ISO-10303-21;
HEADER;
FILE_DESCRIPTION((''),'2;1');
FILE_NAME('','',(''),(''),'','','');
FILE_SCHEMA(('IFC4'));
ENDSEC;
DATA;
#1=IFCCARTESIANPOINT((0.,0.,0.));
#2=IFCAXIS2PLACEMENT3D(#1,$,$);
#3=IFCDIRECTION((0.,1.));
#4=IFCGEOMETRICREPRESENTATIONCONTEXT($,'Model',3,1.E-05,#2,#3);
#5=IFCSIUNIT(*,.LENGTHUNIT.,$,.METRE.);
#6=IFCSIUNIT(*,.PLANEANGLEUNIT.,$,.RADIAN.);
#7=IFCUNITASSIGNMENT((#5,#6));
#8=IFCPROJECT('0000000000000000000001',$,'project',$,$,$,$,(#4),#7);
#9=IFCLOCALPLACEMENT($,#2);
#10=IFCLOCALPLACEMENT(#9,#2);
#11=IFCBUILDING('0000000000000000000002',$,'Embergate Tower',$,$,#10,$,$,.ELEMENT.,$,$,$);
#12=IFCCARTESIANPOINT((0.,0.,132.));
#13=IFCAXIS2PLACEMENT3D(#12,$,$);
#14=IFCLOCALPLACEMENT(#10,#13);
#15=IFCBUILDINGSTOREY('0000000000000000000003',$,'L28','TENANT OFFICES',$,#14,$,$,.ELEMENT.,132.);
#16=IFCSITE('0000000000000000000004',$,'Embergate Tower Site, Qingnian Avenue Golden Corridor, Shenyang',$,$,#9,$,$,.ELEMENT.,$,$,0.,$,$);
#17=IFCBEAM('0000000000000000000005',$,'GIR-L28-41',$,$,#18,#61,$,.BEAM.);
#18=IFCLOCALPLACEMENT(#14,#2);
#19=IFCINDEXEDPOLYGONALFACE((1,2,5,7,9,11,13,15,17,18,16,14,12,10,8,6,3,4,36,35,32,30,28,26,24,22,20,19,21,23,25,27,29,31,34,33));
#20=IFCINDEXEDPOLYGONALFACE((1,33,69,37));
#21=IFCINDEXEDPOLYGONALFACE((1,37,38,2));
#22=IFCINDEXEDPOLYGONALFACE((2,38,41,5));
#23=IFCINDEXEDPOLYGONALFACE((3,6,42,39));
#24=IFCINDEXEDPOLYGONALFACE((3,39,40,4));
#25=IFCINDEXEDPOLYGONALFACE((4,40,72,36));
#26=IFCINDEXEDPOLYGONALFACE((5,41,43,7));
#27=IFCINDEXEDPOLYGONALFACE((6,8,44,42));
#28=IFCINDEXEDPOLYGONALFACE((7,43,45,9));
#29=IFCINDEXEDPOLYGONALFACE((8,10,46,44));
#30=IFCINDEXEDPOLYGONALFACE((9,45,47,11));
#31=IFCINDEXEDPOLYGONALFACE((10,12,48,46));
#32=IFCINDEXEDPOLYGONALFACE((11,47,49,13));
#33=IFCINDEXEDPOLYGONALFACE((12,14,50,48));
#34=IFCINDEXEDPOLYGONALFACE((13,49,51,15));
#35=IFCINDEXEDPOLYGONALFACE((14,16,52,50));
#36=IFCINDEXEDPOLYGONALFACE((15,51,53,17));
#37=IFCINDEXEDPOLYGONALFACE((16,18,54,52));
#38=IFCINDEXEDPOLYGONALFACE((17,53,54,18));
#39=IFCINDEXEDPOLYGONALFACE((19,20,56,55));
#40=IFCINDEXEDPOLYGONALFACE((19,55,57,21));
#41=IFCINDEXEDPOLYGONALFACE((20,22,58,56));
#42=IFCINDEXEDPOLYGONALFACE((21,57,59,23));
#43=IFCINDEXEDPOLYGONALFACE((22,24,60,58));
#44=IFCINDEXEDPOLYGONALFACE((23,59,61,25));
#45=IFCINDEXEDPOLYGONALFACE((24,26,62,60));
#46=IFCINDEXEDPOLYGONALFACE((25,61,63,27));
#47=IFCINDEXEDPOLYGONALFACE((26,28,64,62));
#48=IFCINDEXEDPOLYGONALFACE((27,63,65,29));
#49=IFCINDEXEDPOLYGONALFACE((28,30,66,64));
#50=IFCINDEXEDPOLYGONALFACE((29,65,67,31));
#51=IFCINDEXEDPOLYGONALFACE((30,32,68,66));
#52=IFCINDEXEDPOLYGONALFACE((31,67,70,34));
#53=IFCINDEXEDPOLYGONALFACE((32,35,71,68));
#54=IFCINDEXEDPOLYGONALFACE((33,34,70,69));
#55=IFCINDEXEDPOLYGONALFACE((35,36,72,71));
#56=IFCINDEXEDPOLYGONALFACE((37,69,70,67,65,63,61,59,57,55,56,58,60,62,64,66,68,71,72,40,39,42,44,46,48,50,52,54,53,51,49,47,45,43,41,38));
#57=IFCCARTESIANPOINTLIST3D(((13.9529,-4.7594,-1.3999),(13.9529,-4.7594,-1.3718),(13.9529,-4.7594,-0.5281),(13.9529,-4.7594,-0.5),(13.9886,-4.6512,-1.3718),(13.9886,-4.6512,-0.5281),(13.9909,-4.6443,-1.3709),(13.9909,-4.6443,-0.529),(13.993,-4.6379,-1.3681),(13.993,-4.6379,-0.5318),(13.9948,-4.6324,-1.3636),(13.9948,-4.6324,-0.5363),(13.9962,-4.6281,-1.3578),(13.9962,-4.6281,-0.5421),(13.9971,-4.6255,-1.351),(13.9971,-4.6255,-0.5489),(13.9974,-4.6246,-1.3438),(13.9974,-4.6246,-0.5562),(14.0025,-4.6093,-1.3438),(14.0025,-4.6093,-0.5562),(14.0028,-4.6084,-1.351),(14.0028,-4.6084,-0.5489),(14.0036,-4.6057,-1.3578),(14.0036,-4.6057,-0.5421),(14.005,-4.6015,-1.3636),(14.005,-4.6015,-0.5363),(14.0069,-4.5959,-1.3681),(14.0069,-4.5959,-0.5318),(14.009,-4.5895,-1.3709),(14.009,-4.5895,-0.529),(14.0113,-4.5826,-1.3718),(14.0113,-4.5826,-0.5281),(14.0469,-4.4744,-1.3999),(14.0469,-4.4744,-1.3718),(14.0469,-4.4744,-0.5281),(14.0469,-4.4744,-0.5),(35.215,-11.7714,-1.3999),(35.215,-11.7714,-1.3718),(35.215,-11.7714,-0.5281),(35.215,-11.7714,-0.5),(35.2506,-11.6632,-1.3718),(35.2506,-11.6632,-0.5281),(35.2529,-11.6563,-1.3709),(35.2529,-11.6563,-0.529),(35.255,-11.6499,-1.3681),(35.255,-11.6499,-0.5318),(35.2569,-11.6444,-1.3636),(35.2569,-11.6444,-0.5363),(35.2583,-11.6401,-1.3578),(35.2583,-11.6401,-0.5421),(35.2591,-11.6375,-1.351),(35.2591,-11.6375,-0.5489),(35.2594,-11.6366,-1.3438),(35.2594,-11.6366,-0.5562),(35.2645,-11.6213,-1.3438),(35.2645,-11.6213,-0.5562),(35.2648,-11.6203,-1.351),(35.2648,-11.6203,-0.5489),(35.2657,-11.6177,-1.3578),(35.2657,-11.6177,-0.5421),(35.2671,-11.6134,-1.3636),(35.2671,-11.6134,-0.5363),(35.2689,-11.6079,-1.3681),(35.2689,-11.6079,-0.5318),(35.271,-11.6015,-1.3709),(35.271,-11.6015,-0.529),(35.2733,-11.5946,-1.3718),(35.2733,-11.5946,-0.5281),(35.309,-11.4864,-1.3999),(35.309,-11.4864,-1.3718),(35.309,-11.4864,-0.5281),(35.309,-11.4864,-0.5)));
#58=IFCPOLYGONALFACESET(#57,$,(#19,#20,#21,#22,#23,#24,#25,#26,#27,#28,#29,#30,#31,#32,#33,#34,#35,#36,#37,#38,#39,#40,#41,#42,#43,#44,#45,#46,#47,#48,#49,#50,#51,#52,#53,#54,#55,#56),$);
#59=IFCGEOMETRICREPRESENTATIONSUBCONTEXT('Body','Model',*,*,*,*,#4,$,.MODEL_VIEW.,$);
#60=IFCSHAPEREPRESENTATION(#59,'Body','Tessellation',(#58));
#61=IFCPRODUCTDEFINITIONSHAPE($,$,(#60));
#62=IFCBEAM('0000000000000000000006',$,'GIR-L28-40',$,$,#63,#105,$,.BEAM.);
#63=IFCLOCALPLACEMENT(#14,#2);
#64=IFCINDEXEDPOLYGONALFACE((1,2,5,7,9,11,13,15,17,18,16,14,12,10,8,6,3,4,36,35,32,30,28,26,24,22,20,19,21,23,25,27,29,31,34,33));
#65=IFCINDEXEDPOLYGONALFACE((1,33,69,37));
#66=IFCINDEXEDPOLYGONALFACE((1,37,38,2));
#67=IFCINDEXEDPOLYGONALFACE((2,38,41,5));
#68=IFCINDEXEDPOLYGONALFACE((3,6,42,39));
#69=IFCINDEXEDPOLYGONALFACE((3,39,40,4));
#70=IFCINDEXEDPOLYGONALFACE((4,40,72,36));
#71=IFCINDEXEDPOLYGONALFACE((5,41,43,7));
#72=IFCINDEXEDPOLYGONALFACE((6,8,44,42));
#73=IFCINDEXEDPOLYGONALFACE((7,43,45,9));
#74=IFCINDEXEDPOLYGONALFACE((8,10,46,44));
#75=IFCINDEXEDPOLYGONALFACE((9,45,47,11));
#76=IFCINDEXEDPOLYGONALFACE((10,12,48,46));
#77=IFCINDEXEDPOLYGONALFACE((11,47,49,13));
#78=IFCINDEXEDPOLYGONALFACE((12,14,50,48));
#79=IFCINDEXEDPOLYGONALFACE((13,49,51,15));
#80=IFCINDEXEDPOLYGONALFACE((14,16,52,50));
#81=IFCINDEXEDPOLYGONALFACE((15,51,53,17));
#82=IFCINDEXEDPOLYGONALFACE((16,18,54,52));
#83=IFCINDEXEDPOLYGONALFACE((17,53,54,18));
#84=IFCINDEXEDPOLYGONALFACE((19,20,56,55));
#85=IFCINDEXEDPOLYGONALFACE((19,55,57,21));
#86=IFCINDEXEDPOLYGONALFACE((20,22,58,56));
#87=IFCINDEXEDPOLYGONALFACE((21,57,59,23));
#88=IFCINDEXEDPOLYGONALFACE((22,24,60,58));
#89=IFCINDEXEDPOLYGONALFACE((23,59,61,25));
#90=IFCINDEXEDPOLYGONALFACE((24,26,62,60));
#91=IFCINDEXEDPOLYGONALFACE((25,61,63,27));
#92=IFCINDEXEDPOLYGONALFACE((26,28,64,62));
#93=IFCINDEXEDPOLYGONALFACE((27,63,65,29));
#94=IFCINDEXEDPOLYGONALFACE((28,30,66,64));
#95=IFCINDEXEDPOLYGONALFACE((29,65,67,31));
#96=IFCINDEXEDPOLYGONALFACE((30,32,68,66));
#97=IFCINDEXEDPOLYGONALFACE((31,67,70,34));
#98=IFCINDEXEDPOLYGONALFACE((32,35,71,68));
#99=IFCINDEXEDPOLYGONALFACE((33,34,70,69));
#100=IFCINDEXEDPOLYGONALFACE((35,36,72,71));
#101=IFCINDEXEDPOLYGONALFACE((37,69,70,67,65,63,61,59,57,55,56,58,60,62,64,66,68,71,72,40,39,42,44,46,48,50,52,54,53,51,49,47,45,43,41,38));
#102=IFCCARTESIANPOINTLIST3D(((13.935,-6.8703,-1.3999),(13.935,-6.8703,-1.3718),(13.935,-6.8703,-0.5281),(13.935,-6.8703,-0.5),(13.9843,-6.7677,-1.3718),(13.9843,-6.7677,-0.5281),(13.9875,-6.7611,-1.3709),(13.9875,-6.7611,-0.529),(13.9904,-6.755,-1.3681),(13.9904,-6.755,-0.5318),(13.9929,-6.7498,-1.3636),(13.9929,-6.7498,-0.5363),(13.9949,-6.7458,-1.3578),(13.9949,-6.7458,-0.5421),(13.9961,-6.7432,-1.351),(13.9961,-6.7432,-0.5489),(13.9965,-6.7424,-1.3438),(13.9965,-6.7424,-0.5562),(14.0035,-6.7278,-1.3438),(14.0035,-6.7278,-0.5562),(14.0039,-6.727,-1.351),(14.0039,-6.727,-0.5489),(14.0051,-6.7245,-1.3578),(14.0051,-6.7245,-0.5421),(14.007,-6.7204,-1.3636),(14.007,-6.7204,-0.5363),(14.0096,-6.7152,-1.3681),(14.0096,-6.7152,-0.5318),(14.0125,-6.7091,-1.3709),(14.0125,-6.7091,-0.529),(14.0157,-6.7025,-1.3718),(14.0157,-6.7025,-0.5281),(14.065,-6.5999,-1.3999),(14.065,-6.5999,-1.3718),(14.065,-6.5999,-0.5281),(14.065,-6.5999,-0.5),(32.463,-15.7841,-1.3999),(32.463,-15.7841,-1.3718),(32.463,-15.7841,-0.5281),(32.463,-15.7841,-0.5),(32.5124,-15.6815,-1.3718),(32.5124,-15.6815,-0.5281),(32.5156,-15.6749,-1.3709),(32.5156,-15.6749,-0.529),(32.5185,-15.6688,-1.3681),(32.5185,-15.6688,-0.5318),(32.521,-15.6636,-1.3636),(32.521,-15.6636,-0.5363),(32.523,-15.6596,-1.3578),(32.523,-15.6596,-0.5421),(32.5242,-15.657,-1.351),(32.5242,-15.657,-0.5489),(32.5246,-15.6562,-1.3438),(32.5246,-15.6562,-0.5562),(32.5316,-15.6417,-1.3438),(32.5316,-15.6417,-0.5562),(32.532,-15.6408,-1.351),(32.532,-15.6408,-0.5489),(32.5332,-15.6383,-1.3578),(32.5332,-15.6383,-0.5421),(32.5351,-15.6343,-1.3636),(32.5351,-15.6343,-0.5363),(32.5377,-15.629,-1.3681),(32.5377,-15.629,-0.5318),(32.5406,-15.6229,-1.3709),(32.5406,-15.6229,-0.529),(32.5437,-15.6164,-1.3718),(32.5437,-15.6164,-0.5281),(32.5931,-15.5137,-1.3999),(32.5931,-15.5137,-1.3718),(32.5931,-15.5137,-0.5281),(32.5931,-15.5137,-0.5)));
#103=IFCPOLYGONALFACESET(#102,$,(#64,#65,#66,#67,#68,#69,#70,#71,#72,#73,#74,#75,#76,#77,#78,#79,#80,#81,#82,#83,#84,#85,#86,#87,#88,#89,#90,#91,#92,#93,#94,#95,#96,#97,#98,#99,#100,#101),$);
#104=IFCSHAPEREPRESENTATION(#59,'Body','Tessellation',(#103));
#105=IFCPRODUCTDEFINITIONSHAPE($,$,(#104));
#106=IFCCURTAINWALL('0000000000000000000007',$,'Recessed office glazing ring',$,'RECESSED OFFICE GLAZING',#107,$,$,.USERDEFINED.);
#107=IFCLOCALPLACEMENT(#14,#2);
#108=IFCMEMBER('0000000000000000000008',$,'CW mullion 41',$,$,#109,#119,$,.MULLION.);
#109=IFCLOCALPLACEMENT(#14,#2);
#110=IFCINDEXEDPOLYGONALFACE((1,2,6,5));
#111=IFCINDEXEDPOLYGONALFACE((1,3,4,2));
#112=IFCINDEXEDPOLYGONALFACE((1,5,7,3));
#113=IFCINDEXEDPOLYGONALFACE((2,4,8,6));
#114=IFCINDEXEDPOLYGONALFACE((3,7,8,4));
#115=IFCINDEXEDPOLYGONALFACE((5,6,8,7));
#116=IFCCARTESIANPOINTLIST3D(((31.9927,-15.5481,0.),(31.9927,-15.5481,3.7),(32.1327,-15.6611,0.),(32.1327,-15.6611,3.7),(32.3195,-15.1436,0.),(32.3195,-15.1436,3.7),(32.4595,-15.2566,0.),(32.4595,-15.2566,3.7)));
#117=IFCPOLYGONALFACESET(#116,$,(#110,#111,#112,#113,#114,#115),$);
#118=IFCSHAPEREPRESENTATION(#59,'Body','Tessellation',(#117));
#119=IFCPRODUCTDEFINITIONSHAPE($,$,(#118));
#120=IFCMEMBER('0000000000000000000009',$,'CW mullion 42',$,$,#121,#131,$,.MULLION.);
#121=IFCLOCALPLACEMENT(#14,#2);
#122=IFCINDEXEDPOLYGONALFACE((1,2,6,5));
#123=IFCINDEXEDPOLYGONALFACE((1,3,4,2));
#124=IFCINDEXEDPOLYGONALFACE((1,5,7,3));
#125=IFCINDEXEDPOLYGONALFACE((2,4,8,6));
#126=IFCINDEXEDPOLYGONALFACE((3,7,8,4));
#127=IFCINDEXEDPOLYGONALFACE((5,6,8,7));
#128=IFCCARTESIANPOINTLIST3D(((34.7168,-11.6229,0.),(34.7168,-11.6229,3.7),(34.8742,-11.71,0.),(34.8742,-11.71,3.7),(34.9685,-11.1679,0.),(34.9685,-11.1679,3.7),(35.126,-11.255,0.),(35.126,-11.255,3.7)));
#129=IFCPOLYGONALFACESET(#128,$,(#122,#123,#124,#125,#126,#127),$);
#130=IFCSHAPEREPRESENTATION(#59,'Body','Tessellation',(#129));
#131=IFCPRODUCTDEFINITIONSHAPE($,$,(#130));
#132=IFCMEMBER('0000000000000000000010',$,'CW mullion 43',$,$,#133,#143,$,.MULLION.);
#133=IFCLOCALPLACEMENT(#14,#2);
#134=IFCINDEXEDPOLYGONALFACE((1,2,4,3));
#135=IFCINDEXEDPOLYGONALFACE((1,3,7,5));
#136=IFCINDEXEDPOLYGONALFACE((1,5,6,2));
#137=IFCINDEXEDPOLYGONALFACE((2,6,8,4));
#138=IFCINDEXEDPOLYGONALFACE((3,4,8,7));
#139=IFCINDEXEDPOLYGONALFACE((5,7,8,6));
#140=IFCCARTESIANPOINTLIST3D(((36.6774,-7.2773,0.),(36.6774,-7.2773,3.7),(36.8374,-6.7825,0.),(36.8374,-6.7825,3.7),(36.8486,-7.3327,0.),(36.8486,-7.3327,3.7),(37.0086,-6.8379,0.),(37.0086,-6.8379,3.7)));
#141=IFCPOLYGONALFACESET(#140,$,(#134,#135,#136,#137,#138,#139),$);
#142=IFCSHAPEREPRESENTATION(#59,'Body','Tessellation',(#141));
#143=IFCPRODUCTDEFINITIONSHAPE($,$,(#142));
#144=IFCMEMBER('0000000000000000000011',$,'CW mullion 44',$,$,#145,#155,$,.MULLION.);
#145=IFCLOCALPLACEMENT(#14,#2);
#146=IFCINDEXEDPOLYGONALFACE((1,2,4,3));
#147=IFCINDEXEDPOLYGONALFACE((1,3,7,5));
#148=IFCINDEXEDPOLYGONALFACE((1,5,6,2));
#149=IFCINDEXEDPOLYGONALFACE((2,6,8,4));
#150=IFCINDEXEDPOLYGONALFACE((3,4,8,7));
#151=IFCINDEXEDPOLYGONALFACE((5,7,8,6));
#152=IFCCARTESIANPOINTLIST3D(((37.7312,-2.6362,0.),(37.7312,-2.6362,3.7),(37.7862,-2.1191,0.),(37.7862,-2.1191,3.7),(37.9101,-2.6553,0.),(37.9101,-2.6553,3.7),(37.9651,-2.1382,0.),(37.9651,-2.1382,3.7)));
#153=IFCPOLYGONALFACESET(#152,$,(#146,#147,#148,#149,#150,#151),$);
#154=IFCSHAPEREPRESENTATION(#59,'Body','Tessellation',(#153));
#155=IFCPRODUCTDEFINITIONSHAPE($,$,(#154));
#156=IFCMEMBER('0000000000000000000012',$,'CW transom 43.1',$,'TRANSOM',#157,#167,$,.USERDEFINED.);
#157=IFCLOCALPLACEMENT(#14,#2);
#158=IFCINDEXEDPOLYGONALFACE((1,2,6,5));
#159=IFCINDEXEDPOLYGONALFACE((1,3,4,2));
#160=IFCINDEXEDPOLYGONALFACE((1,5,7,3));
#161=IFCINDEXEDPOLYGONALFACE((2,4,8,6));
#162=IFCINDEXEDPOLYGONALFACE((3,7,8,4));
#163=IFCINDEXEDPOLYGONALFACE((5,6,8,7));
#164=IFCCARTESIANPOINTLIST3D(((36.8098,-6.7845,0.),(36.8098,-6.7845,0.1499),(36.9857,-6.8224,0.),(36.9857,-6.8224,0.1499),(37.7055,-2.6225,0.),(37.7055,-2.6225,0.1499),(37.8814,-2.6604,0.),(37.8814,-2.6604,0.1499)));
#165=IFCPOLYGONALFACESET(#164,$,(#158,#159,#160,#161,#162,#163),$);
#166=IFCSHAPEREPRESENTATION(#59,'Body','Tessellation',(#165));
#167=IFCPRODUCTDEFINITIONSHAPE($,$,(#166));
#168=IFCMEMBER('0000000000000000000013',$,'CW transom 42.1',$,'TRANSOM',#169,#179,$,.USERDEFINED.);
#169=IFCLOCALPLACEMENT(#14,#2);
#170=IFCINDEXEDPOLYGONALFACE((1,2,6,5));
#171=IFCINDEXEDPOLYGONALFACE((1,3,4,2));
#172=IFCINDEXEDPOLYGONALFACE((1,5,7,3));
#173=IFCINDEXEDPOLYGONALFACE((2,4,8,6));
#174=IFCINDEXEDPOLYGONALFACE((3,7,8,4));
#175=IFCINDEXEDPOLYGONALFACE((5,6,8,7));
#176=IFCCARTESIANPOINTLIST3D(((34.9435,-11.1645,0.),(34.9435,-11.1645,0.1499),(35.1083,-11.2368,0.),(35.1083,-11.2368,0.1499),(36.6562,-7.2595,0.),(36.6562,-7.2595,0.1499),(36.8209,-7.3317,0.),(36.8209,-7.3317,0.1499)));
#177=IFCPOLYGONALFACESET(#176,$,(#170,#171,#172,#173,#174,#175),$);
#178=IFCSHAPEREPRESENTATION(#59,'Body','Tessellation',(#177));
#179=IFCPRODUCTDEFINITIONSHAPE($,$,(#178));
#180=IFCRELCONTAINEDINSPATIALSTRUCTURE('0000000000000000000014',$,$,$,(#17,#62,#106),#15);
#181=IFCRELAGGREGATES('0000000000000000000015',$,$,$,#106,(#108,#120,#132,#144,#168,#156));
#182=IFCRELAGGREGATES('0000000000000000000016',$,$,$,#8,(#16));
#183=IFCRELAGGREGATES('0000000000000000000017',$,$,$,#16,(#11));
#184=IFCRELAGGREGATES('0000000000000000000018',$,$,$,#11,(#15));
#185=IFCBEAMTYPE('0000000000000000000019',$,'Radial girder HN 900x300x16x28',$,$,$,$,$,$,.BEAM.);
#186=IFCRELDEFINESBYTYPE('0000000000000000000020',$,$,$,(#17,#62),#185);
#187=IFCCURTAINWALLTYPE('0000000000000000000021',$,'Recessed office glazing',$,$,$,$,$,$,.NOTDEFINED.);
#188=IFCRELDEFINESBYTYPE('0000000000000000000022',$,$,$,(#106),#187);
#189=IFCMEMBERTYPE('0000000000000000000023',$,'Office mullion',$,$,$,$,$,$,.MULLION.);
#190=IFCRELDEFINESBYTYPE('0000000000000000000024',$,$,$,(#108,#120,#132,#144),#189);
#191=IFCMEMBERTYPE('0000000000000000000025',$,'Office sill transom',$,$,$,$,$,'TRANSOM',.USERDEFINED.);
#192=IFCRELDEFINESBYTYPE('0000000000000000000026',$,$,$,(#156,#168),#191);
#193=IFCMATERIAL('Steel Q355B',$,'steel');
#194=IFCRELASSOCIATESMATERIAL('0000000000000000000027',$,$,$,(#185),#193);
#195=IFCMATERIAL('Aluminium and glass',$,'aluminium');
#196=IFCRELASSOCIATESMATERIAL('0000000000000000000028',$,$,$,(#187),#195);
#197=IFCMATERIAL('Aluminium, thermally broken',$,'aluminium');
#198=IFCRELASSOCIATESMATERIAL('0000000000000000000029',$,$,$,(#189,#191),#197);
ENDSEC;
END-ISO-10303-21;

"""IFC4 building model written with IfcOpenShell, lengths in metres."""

from ifc_helpers import new_model, si_unit, direction, frame, origin, origin_2d, place, context, subcontext, project, spatial, rectangle, i_section, extrude, source, transform, mapped, material, material_profile, profile_set, type_object, element, aggregate, save


model = new_model("IFC4")

# Units and contexts
model_context = context("Model", 3, precision=1e-05, world=origin(), true_north=direction((0.0, 1.0)))
body_context = subcontext(model_context, "Body", "Model", "MODEL_VIEW")
ifc_project = project(units=[si_unit("LENGTHUNIT", "METRE"), si_unit("PLANEANGLEUNIT", "RADIAN")], contexts=[model_context])

# Site, building, storey
site_placement = place(None, origin())
site = spatial("IfcSite", under=ifc_project, at=site_placement, Name="Embergate Tower Site, Qingnian Avenue Golden Corridor, Shenyang", CompositionType="ELEMENT", RefElevation=0.0)
building_placement = place(site_placement, origin())
building = spatial("IfcBuilding", under=site, at=building_placement, Name="Embergate Tower", CompositionType="ELEMENT")
storey_placement = place(building_placement, frame((0.0, 0.0, 132.0)))
storey = spatial("IfcBuildingStorey", under=building, at=storey_placement, Name="L28", Description="TENANT OFFICES", CompositionType="ELEMENT", Elevation=132.0)

# Beams
ifc_material_1 = material(Name="Steel Q355B", Category="steel")
ifc_material_profile_1 = material_profile(ifc_material_1, i_section(OverallWidth=0.3, OverallDepth=0.8999, WebThickness=0.0161, FlangeThickness=0.0281, FilletRadius=0.0281, at=origin_2d()), Name="HN 900x300x16x28")
ifc_profile_set_1 = profile_set([ifc_material_profile_1], Name="Steel Q355 grade B")
beam_type_1 = type_object("IfcBeamType", Name="Radial girder HN 900x300x16x28", PredefinedType="BEAM", material=ifc_profile_set_1)
shared_shape_1 = source(origin(), body_context, "Body", "SweptSolid", [
    extrude(i_section(OverallWidth=0.3, OverallDepth=0.8999, WebThickness=0.0161, FlangeThickness=0.0281, FilletRadius=0.0281, at=origin_2d()), origin(), (0.0, 0.0, 1.0), 22.3884),
])
beam_1_placement = place(storey_placement, frame((35.262, -11.6289, -0.95), z_axis=(-0.949688, 0.313197, 0.0), x_axis=(-0.313197, -0.949688, 0.0)))
element("IfcBeam", 1, at=beam_1_placement, inside=storey, type_object=beam_type_1, Name="GIR-L28-41", PredefinedType="BEAM", context=body_context, shape_type="MappedRepresentation", body=[
    mapped(shared_shape_1, transform((0.0, 0.0, 0.0))),
])
shared_shape_2 = source(origin(), body_context, "Body", "SweptSolid", [
    extrude(i_section(OverallWidth=0.3, OverallDepth=0.8999, WebThickness=0.0161, FlangeThickness=0.0281, FilletRadius=0.0281, at=origin_2d()), origin(), (0.0, 0.0, 1.0), 20.5608),
])
beam_2_placement = place(storey_placement, frame((32.5281, -15.6489, -0.95), z_axis=(-0.901137, 0.433535, 0.0), x_axis=(-0.433535, -0.901137, 0.0)))
element("IfcBeam", 2, at=beam_2_placement, inside=storey, type_object=beam_type_1, Name="GIR-L28-40", PredefinedType="BEAM", context=body_context, shape_type="MappedRepresentation", body=[
    mapped(shared_shape_2, transform((0.0, 0.0, 0.0))),
])

# Curtain wall, members
ifc_material_2 = material(Name="Aluminium and glass", Category="aluminium")
curtain_wall_type = type_object("IfcCurtainWallType", Name="Recessed office glazing", PredefinedType="NOTDEFINED", material=ifc_material_2)
curtain_wall_placement = place(storey_placement, origin())
curtain_wall = element("IfcCurtainWall", 3, at=curtain_wall_placement, inside=storey, type_object=curtain_wall_type, Name="Recessed office glazing ring", ObjectType="RECESSED OFFICE GLAZING", PredefinedType="USERDEFINED")
ifc_material_3 = material(Name="Aluminium, thermally broken", Category="aluminium")
ifc_material_profile_2 = material_profile(ifc_material_3, rectangle(XDim=0.1799, YDim=0.52, at=origin_2d()), Name="AL 520x180")
ifc_profile_set_2 = profile_set([ifc_material_profile_2], Name="Aluminium, thermally broken")
member_type_1 = type_object("IfcMemberType", Name="Office mullion", PredefinedType="MULLION", material=ifc_profile_set_2)
shared_shape_3 = source(origin(), body_context, "Body", "SweptSolid", [
    extrude(rectangle(XDim=0.1799, YDim=0.52, at=origin_2d()), origin(), (0.0, 0.0, 1.0), 3.7),
])
member_1_placement = place(storey_placement, frame((32.2261, -15.4023, 0.0), z_axis=(0.0, 0.0, 1.0), x_axis=(-0.777873, 0.628422, 0.0)))
member_1 = element("IfcMember", 4, at=member_1_placement, type_object=member_type_1, Name="CW mullion 41", PredefinedType="MULLION", context=body_context, shape_type="MappedRepresentation", body=[
    mapped(shared_shape_3, transform((0.0, 0.0, 0.0))),
])
member_2_placement = place(storey_placement, frame((34.9214, -11.439, 0.0), z_axis=(0.0, 0.0, 1.0), x_axis=(-0.875002, 0.484119, 0.0)))
member_2 = element("IfcMember", 5, at=member_2_placement, type_object=member_type_1, Name="CW mullion 42", PredefinedType="MULLION", context=body_context, shape_type="MappedRepresentation", body=[
    mapped(shared_shape_3, transform((0.0, 0.0, 0.0))),
])
member_3_placement = place(storey_placement, frame((36.843, -7.0576, 0.0), z_axis=(0.0, 0.0, 1.0), x_axis=(-0.951498, 0.307654, 0.0)))
member_3 = element("IfcMember", 6, at=member_3_placement, type_object=member_type_1, Name="CW mullion 43", PredefinedType="MULLION", context=body_context, shape_type="MappedRepresentation", body=[
    mapped(shared_shape_3, transform((0.0, 0.0, 0.0))),
])
member_4_placement = place(storey_placement, frame((37.8481, -2.3872, 0.0), z_axis=(0.0, 0.0, 1.0), x_axis=(-0.994385, 0.105823, 0.0)))
member_4 = element("IfcMember", 7, at=member_4_placement, type_object=member_type_1, Name="CW mullion 44", PredefinedType="MULLION", context=body_context, shape_type="MappedRepresentation", body=[
    mapped(shared_shape_3, transform((0.0, 0.0, 0.0))),
])
ifc_material_profile_3 = material_profile(ifc_material_3, rectangle(XDim=0.1799, YDim=0.1499, at=origin_2d()), Name="AL 150x180")
ifc_profile_set_3 = profile_set([ifc_material_profile_3], Name="Aluminium, thermally broken")
member_type_2 = type_object("IfcMemberType", Name="Office sill transom", ElementType="TRANSOM", PredefinedType="USERDEFINED", material=ifc_profile_set_3)
shared_shape_4 = source(origin(), body_context, "Body", "SweptSolid", [
    extrude(rectangle(XDim=0.1799, YDim=0.1499, at=origin_2d()), origin(), (0.0, 0.0, 1.0), 4.2573),
])
member_5_placement = place(storey_placement, frame((36.8977, -6.8035, 0.075), z_axis=(0.210398, 0.977616, 0.0), x_axis=(-0.977616, 0.210398, 0.0)))
member_5 = element("IfcMember", 8, at=member_5_placement, type_object=member_type_2, Name="CW transom 43.1", ObjectType="TRANSOM", PredefinedType="USERDEFINED", context=body_context, shape_type="MappedRepresentation", body=[
    mapped(shared_shape_4, transform((0.0, 0.0, 0.0))),
])
shared_shape_5 = source(origin(), body_context, "Body", "SweptSolid", [
    extrude(rectangle(XDim=0.1799, YDim=0.1499, at=origin_2d()), origin(), (0.0, 0.0, 1.0), 4.2642),
])
member_6_placement = place(storey_placement, frame((35.0259, -11.2007, 0.075), z_axis=(0.401645, 0.915796, 0.0), x_axis=(-0.915796, 0.401645, 0.0)))
member_6 = element("IfcMember", 9, at=member_6_placement, type_object=member_type_2, Name="CW transom 42.1", ObjectType="TRANSOM", PredefinedType="USERDEFINED", context=body_context, shape_type="MappedRepresentation", body=[
    mapped(shared_shape_5, transform((0.0, 0.0, 0.0))),
])
aggregate(curtain_wall, [member_1, member_2, member_3, member_4, member_6, member_5])

save(model, "model.ifc")
